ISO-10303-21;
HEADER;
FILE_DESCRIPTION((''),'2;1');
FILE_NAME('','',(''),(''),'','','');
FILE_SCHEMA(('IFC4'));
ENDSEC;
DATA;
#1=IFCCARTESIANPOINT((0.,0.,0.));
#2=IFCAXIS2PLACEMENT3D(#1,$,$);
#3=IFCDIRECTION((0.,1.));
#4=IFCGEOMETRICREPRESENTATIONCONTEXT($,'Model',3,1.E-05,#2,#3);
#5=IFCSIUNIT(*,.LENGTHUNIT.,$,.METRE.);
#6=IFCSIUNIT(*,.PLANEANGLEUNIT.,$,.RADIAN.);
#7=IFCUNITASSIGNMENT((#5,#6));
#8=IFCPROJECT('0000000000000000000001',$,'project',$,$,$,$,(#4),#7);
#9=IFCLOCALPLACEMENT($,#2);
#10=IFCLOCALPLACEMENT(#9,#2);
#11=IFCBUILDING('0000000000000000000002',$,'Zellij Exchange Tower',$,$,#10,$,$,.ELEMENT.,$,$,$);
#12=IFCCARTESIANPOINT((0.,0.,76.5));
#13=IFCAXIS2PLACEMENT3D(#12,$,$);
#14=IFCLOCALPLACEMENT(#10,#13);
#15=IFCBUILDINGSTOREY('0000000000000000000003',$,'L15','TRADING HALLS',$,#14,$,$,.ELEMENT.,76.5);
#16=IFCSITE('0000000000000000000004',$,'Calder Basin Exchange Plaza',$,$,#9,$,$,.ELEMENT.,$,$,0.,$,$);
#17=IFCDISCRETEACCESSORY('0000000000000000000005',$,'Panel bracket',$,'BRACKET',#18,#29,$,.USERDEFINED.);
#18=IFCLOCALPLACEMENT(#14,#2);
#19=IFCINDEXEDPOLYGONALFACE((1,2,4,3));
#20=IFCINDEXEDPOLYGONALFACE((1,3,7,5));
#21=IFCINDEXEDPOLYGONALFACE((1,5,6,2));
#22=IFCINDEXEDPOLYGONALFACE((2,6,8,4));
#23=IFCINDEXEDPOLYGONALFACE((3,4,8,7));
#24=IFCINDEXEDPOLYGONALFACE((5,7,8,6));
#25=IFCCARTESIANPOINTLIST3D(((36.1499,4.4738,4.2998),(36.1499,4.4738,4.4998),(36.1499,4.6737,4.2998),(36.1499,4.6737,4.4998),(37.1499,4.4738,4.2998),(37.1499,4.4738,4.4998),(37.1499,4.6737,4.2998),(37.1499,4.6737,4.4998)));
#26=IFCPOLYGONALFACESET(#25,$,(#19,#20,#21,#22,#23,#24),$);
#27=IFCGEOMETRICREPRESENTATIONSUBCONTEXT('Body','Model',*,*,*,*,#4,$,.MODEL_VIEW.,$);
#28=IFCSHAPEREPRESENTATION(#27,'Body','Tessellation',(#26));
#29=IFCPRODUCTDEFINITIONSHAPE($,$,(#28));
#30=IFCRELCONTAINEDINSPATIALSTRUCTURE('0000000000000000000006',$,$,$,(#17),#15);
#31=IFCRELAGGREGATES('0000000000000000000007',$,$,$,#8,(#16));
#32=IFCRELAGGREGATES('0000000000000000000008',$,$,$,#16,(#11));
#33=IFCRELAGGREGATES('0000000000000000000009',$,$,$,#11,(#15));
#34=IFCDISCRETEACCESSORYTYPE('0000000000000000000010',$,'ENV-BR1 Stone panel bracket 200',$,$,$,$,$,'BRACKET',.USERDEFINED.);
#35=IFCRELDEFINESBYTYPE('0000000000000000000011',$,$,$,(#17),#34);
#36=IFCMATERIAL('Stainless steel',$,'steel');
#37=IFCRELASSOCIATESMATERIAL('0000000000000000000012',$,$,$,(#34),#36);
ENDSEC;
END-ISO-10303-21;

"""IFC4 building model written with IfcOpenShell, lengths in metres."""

from ifc_helpers import new_model, si_unit, direction, frame, origin, origin_2d, place, context, subcontext, project, spatial, rectangle, extrude, material, type_object, element, save


model = new_model("IFC4")

# Units and contexts
model_context = context("Model", 3, precision=1e-05, world=origin(), true_north=direction((0.0, 1.0)))
body_context = subcontext(model_context, "Body", "Model", "MODEL_VIEW")
ifc_project = project(units=[si_unit("LENGTHUNIT", "METRE"), si_unit("PLANEANGLEUNIT", "RADIAN")], contexts=[model_context])

# Site, building, storey
site_placement = place(None, origin())
site = spatial("IfcSite", under=ifc_project, at=site_placement, Name="Calder Basin Exchange Plaza", CompositionType="ELEMENT", RefElevation=0.0)
building_placement = place(site_placement, origin())
building = spatial("IfcBuilding", under=site, at=building_placement, Name="Zellij Exchange Tower", CompositionType="ELEMENT")
storey_placement = place(building_placement, frame((0.0, 0.0, 76.5)))
storey = spatial("IfcBuildingStorey", under=building, at=storey_placement, Name="L15", Description="TRADING HALLS", CompositionType="ELEMENT", Elevation=76.5)

# Discrete accessory
ifc_material_1 = material(Name="Stainless steel", Category="steel")
discrete_accessory_type = type_object("IfcDiscreteAccessoryType", Name="ENV-BR1 Stone panel bracket 200", ElementType="BRACKET", PredefinedType="USERDEFINED", material=ifc_material_1)
for number, where, z_axis, x_axis, name in (
    (1, (36.6499, 4.5737, 4.2998), (0.0, 0.0, 1.0), (0.0, 1.0, 0.0), "Panel bracket"),
):
    element("IfcDiscreteAccessory", number, at=place(storey_placement, frame(where, z_axis=z_axis, x_axis=x_axis)), inside=storey, type_object=discrete_accessory_type, Name=name, ObjectType="BRACKET", PredefinedType="USERDEFINED", context=body_context, shape_type="SweptSolid", body=[
        extrude(rectangle(XDim=0.2, YDim=1.0, at=origin_2d()), origin(), (0.0, 0.0, 1.0), 0.2),
    ])

save(model, "model.ifc")
